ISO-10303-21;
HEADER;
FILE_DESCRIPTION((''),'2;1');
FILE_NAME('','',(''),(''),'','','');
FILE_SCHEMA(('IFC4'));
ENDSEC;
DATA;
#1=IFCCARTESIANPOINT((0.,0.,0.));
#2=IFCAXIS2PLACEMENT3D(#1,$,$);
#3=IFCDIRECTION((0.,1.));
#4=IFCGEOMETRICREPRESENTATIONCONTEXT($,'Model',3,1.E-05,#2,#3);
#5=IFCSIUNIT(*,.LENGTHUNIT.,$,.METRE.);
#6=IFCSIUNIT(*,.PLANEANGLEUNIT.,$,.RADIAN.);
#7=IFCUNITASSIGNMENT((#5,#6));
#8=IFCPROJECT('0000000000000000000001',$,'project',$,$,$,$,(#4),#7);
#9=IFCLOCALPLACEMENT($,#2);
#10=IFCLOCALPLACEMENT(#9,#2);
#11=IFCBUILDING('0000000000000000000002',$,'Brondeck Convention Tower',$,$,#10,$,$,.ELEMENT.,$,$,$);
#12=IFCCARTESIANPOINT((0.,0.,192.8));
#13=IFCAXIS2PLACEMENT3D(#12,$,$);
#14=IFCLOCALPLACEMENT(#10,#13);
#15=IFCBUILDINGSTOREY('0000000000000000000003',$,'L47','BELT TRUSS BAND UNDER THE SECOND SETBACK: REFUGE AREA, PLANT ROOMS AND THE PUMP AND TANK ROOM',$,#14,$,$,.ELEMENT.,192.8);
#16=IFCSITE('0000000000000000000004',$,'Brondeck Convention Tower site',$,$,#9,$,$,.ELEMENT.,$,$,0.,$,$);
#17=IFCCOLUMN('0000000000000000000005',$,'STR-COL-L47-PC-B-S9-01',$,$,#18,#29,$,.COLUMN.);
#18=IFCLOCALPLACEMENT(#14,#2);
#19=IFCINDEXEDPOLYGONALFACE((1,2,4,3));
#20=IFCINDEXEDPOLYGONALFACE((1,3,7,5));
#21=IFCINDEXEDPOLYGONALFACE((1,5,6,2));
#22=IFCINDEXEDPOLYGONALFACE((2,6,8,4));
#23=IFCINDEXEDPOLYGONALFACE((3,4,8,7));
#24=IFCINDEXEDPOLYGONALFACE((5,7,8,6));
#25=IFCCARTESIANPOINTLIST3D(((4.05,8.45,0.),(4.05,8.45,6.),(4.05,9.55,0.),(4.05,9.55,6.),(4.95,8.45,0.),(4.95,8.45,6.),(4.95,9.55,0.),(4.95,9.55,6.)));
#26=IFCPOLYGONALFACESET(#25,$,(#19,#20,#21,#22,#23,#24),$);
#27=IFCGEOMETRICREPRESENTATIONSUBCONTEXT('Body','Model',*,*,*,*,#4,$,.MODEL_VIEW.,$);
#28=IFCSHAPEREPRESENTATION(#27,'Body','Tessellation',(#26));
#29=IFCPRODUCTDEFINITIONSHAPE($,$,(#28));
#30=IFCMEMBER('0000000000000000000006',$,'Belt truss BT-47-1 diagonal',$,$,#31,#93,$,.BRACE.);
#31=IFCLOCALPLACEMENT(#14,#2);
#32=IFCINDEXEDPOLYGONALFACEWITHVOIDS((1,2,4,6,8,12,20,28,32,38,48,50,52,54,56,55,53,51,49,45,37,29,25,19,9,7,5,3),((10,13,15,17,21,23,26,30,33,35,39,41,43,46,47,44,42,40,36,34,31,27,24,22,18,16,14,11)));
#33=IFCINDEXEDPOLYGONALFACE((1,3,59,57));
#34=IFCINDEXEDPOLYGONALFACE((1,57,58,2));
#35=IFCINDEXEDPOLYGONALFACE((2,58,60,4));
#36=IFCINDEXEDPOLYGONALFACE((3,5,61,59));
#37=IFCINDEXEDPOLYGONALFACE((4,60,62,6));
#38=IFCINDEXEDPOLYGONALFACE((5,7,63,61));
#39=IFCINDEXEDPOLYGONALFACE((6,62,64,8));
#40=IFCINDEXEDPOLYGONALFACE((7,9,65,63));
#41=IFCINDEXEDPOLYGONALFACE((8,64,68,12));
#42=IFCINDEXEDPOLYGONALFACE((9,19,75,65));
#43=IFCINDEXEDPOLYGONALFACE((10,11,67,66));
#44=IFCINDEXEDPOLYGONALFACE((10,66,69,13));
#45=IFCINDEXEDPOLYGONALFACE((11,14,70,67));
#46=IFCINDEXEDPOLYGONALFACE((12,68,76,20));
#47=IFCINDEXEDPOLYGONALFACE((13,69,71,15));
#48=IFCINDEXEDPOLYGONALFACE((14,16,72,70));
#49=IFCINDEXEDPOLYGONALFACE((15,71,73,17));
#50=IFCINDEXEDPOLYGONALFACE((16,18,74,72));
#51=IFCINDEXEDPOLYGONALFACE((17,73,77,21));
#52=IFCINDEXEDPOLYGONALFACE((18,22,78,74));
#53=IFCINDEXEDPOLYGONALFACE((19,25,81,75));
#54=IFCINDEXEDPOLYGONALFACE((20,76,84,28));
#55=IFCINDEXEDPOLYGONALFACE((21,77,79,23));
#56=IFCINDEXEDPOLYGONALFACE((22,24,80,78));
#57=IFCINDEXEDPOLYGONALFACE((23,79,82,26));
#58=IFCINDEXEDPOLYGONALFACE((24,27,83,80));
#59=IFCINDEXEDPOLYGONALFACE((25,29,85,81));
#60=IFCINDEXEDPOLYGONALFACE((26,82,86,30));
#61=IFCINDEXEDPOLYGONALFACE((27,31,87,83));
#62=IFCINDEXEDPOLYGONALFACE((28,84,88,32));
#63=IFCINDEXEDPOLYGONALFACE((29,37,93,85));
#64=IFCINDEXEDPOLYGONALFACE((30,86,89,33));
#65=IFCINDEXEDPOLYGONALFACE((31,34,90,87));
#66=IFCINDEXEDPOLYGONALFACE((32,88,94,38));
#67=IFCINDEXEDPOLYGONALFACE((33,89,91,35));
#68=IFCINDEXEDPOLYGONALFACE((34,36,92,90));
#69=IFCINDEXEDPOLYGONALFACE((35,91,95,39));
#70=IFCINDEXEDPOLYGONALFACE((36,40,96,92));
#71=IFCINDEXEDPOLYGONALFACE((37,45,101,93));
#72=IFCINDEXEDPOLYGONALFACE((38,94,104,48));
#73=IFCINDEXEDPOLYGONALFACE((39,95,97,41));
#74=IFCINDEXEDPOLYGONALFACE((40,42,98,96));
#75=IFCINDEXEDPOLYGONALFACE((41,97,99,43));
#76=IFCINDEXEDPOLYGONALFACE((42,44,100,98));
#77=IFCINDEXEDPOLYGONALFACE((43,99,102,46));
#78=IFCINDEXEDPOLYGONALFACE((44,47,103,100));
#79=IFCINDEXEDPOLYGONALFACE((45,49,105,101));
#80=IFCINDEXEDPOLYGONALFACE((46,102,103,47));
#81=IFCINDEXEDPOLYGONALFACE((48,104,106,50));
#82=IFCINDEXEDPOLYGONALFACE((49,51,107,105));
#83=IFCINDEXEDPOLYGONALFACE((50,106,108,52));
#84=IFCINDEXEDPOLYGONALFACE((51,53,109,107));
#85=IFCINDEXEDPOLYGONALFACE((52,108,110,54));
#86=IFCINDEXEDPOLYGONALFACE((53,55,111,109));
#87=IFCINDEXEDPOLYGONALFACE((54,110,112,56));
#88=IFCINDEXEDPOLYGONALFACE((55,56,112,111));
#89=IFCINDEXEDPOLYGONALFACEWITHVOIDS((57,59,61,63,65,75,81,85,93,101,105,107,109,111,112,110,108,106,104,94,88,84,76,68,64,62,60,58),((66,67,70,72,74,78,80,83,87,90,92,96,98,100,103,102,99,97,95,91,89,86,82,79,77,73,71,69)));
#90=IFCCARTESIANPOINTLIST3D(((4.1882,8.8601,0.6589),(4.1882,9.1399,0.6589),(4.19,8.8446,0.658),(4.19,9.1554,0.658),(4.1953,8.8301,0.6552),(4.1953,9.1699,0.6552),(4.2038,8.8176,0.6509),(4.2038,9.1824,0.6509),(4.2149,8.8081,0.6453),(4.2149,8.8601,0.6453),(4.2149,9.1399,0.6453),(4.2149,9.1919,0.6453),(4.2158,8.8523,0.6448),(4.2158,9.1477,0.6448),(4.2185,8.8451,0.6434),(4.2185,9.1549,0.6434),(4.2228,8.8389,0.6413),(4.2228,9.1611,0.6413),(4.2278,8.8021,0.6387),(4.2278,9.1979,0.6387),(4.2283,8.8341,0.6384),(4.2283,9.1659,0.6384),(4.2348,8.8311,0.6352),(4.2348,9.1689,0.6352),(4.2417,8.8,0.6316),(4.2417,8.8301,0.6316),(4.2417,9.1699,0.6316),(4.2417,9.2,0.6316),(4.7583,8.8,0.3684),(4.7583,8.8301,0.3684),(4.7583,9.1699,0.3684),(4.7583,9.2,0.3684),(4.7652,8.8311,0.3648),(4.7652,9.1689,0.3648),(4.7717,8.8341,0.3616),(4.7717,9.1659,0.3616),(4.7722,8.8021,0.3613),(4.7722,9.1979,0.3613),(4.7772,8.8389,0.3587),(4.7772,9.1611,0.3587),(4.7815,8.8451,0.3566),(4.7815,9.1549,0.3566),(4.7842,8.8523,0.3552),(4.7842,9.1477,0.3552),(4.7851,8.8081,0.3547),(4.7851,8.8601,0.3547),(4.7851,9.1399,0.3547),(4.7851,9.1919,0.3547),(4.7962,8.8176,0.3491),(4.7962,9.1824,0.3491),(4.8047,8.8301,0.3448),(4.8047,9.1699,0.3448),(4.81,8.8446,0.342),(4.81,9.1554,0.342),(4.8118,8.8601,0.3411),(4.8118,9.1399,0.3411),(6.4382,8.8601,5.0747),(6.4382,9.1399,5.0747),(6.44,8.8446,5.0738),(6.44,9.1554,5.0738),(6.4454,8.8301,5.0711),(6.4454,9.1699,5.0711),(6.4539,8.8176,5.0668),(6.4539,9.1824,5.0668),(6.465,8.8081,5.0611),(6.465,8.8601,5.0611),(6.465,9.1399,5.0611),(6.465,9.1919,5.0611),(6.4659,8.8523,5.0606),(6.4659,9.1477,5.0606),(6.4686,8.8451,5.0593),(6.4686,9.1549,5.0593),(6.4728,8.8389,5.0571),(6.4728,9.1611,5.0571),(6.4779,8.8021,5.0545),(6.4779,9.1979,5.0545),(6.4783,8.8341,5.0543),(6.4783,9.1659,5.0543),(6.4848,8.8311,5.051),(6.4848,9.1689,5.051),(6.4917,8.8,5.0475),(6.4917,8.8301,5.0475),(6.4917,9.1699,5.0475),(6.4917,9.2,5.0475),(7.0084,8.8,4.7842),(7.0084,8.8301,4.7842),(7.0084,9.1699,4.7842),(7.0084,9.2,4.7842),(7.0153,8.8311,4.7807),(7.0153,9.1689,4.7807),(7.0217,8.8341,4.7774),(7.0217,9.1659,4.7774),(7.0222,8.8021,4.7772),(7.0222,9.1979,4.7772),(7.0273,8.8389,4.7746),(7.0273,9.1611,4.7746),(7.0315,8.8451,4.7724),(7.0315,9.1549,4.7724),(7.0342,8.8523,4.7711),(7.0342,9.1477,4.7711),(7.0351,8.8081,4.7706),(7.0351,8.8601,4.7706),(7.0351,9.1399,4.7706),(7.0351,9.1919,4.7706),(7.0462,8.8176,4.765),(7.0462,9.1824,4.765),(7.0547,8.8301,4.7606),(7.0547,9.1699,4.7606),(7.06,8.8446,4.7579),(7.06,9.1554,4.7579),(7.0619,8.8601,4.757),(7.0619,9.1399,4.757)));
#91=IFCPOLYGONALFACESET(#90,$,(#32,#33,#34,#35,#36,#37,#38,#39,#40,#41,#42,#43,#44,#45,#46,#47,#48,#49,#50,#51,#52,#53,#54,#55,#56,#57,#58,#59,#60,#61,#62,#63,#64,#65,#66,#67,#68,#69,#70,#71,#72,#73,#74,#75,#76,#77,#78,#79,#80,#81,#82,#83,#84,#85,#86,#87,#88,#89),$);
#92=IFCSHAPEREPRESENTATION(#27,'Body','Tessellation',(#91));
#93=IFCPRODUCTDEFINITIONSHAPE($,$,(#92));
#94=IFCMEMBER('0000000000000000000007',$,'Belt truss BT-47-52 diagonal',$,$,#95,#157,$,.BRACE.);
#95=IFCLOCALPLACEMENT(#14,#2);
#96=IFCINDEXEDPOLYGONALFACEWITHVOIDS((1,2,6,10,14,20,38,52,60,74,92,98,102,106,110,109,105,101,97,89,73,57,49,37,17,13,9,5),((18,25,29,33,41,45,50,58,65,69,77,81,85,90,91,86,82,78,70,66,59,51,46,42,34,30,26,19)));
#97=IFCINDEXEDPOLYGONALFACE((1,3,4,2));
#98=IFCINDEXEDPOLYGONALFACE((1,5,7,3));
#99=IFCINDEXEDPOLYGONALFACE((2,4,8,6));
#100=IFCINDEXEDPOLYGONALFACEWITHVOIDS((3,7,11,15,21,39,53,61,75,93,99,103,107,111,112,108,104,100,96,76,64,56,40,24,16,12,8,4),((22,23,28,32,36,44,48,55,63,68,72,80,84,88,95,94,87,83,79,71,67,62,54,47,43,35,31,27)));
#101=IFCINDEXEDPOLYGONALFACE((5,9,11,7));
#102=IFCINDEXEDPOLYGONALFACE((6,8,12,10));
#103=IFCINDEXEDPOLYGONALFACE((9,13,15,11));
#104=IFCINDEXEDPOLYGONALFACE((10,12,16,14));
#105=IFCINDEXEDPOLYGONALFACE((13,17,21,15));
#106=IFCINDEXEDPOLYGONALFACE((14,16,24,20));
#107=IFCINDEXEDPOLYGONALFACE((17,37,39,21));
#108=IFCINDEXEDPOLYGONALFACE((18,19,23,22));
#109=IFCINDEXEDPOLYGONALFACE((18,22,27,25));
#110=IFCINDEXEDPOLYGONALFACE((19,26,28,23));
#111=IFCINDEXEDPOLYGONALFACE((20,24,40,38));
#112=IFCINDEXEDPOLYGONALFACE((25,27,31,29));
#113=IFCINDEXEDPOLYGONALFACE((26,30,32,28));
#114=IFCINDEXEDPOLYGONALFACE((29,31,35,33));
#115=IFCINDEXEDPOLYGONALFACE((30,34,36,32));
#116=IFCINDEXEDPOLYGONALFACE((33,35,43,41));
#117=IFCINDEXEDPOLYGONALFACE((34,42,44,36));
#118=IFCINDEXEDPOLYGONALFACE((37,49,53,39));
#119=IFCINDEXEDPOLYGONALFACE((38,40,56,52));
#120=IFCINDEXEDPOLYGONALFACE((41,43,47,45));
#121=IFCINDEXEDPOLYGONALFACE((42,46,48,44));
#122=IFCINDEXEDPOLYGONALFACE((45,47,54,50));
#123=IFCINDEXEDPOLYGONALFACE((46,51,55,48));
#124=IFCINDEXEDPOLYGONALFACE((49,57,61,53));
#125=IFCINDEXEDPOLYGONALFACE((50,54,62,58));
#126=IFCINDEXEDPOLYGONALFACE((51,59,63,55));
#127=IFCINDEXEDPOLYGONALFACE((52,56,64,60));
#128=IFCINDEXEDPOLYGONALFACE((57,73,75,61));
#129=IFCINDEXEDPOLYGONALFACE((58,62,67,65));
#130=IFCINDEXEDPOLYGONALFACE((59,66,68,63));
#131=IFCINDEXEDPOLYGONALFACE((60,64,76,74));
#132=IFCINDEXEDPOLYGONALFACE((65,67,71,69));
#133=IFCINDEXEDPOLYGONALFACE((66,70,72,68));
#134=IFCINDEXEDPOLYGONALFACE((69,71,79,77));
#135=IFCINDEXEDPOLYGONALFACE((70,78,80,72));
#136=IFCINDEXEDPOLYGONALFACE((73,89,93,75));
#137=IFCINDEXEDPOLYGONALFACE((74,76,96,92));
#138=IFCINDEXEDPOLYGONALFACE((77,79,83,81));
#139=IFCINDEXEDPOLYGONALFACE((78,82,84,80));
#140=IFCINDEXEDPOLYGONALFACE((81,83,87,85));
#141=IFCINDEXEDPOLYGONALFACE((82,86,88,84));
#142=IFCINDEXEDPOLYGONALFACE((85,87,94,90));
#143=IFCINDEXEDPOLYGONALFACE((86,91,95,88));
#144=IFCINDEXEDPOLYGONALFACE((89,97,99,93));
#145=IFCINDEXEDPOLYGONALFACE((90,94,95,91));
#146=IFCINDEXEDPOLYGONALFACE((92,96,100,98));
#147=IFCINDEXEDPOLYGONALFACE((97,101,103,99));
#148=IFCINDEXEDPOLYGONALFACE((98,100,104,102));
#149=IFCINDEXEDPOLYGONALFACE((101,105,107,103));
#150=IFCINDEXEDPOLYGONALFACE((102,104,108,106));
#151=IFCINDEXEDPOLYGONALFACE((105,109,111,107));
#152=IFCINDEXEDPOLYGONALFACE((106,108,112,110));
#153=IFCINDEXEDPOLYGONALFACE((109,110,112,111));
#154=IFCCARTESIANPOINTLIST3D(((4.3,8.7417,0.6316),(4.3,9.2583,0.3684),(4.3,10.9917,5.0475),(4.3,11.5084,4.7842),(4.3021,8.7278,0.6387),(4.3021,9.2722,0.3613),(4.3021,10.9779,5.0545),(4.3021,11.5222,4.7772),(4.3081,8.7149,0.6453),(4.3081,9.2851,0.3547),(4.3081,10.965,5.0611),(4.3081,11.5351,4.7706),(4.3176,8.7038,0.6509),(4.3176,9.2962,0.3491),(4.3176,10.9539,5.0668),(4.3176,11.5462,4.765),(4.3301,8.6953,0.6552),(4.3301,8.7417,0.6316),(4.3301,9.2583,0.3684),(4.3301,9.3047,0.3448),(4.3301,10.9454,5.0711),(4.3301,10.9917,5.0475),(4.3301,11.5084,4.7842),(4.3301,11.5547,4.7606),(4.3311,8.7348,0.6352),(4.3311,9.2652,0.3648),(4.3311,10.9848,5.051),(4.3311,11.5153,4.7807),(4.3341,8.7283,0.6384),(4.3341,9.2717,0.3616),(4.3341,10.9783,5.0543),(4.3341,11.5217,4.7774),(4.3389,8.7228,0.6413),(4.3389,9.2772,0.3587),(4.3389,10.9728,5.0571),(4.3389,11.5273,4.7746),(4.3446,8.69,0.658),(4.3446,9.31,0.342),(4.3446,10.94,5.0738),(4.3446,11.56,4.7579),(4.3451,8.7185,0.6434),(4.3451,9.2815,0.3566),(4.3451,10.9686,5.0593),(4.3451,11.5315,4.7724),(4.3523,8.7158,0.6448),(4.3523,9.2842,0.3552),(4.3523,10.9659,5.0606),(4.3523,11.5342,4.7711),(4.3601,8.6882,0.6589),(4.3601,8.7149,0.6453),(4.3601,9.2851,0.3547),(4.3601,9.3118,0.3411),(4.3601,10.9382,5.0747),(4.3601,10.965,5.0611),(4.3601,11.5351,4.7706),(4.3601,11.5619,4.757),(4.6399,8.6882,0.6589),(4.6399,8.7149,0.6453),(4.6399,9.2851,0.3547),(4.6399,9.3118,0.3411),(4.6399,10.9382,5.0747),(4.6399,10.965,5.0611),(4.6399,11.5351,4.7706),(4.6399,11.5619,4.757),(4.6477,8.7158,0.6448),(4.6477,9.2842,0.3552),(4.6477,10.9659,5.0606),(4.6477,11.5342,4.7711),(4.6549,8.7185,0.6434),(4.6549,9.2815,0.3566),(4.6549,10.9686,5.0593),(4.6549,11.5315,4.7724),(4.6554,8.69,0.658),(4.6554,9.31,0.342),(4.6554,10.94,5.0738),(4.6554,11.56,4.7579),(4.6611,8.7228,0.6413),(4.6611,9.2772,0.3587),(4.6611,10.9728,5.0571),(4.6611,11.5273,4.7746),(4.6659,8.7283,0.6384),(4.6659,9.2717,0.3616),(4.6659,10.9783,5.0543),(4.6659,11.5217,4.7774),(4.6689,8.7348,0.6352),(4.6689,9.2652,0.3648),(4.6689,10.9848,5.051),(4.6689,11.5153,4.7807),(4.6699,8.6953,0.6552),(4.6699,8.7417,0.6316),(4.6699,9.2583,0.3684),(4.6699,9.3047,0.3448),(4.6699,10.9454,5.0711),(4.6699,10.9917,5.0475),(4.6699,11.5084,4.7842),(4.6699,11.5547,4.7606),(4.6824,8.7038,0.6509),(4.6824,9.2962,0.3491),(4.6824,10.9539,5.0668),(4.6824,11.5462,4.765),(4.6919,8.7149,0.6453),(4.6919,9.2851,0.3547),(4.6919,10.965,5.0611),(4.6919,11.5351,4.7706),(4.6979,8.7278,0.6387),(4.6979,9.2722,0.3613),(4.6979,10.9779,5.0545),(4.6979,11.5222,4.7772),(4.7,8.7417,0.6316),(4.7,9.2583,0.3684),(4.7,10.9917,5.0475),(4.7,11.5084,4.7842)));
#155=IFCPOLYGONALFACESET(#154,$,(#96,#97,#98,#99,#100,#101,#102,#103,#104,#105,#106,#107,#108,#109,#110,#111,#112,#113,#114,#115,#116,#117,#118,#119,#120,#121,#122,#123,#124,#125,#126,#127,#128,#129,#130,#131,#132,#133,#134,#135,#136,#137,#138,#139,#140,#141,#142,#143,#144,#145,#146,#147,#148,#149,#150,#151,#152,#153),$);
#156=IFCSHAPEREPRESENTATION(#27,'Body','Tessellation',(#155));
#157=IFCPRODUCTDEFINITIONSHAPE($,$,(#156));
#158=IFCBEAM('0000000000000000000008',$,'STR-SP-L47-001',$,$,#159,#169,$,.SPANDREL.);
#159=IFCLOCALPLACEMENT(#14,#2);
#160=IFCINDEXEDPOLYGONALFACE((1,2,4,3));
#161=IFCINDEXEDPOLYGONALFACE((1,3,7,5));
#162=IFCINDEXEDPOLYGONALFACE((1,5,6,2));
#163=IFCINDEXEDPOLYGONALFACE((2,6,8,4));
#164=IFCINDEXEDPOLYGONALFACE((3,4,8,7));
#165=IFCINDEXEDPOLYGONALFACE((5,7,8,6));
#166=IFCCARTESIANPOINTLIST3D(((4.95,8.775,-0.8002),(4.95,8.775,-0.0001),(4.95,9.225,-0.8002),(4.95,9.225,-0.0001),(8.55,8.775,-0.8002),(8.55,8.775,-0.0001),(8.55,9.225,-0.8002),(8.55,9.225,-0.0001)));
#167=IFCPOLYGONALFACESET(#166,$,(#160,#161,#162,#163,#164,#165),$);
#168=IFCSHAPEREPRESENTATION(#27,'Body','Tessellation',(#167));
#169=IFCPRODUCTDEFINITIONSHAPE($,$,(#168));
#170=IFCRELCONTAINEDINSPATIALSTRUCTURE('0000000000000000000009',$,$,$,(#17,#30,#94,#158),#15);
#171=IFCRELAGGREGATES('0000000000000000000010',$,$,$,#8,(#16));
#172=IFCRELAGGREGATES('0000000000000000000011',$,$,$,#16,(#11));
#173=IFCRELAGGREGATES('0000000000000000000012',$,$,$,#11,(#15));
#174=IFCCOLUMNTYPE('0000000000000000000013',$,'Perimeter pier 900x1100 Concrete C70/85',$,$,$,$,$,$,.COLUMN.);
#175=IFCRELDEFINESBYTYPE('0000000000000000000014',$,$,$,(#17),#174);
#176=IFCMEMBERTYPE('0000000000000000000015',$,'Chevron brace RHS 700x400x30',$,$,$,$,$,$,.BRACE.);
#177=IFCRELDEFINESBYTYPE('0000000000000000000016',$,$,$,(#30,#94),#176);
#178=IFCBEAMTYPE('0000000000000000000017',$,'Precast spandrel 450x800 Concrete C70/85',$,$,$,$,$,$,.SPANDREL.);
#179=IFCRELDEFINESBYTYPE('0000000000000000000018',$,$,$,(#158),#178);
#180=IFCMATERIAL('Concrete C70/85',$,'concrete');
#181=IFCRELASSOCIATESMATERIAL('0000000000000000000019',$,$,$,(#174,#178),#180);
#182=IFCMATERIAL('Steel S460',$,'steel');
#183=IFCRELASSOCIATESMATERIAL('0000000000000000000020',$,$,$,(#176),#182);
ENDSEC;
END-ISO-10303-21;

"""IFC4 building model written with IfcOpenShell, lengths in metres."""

from ifc_helpers import new_model, si_unit, direction, frame, origin, origin_2d, place, context, subcontext, project, spatial, rectangle, hollow_rectangle, extrude, material, material_profile, profile_set, type_object, element, save


model = new_model("IFC4")

# Units and contexts
model_context = context("Model", 3, precision=1e-05, world=origin(), true_north=direction((0.0, 1.0)))
body_context = subcontext(model_context, "Body", "Model", "MODEL_VIEW")
ifc_project = project(units=[si_unit("LENGTHUNIT", "METRE"), si_unit("PLANEANGLEUNIT", "RADIAN")], contexts=[model_context])

# Site, building, storey
site_placement = place(None, origin())
site = spatial("IfcSite", under=ifc_project, at=site_placement, Name="Brondeck Convention Tower site", CompositionType="ELEMENT", RefElevation=0.0)
building_placement = place(site_placement, origin())
building = spatial("IfcBuilding", under=site, at=building_placement, Name="Brondeck Convention Tower", CompositionType="ELEMENT")
storey_placement = place(building_placement, frame((0.0, 0.0, 192.8)))
storey = spatial("IfcBuildingStorey", under=building, at=storey_placement, Name="L47", Description="BELT TRUSS BAND UNDER THE SECOND SETBACK: REFUGE AREA, PLANT ROOMS AND THE PUMP AND TANK ROOM", CompositionType="ELEMENT", Elevation=192.8)

# Column
ifc_material_1 = material(Name="Concrete C70/85", Category="concrete")
ifc_material_profile_1 = material_profile(ifc_material_1, rectangle(XDim=0.8999, YDim=1.1001, at=origin_2d()), Name="Perimeter pier 900x1100 Concrete C70/85")
ifc_profile_set_1 = profile_set([ifc_material_profile_1], Name="Concrete C70/85")
column_type = type_object("IfcColumnType", Name="Perimeter pier 900x1100 Concrete C70/85", PredefinedType="COLUMN", material=ifc_profile_set_1)
column_placement = place(storey_placement, frame((4.5, 9.0, 0.0), z_axis=(0.0, 0.0, 1.0), x_axis=(1.0, 0.0, 0.0)))
element("IfcColumn", 1, at=column_placement, inside=storey, type_object=column_type, Name="STR-COL-L47-PC-B-S9-01", PredefinedType="COLUMN", context=body_context, shape_type="SweptSolid", body=[
    extrude(rectangle(XDim=0.8999, YDim=1.1001, at=origin_2d()), origin(), (0.0, 0.0, 1.0), 6.0),
])

# Members
ifc_material_2 = material(Name="Steel S460", Category="steel")
ifc_material_profile_2 = material_profile(ifc_material_2, hollow_rectangle(XDim=0.3999, YDim=0.7, WallThickness=0.03, InnerFilletRadius=0.03, OuterFilletRadius=0.0601, at=origin_2d()), Name="RHS 700x400x30")
ifc_profile_set_2 = profile_set([ifc_material_profile_2], Name="Steel S460")
member_type_1 = type_object("IfcMemberType", Name="Chevron brace RHS 700x400x30", PredefinedType="BRACE", material=ifc_profile_set_2)
for number, where, z_axis, x_axis, name in (
    (2, (4.5, 9.0, 0.5), (0.453999, 0.0, 0.891002), (0.0, 1.0, 0.0), "Belt truss BT-47-1 diagonal"),
    (3, (4.5, 9.0, 0.5), (0.0, 0.453999, 0.891002), (-1.0, 0.0, 0.0), "Belt truss BT-47-52 diagonal"),
):
    element("IfcMember", number, at=place(storey_placement, frame(where, z_axis=z_axis, x_axis=x_axis)), inside=storey, type_object=member_type_1, Name=name, PredefinedType="BRACE", context=body_context, shape_type="SweptSolid", body=[
        extrude(hollow_rectangle(XDim=0.3999, YDim=0.7, WallThickness=0.03, InnerFilletRadius=0.03, OuterFilletRadius=0.0601, at=origin_2d()), origin(), (0.0, 0.0, 1.0), 4.9561),
    ])

# Beam
ifc_material_profile_3 = material_profile(ifc_material_1, rectangle(XDim=0.45, YDim=0.8, at=origin_2d()), Name="Precast spandrel 450x800 Concrete C70/85")
ifc_profile_set_3 = profile_set([ifc_material_profile_3], Name="Concrete C70/85")
beam_type = type_object("IfcBeamType", Name="Precast spandrel 450x800 Concrete C70/85", PredefinedType="SPANDREL", material=ifc_profile_set_3)
beam_placement = place(storey_placement, frame((4.95, 9.0, -0.4001), z_axis=(1.0, 0.0, 0.0), x_axis=(0.0, 1.0, 0.0)))
element("IfcBeam", 4, at=beam_placement, inside=storey, type_object=beam_type, Name="STR-SP-L47-001", PredefinedType="SPANDREL", context=body_context, shape_type="SweptSolid", body=[
    extrude(rectangle(XDim=0.45, YDim=0.8, at=origin_2d()), origin(), (0.0, 0.0, 1.0), 3.6001),
])

save(model, "model.ifc")
